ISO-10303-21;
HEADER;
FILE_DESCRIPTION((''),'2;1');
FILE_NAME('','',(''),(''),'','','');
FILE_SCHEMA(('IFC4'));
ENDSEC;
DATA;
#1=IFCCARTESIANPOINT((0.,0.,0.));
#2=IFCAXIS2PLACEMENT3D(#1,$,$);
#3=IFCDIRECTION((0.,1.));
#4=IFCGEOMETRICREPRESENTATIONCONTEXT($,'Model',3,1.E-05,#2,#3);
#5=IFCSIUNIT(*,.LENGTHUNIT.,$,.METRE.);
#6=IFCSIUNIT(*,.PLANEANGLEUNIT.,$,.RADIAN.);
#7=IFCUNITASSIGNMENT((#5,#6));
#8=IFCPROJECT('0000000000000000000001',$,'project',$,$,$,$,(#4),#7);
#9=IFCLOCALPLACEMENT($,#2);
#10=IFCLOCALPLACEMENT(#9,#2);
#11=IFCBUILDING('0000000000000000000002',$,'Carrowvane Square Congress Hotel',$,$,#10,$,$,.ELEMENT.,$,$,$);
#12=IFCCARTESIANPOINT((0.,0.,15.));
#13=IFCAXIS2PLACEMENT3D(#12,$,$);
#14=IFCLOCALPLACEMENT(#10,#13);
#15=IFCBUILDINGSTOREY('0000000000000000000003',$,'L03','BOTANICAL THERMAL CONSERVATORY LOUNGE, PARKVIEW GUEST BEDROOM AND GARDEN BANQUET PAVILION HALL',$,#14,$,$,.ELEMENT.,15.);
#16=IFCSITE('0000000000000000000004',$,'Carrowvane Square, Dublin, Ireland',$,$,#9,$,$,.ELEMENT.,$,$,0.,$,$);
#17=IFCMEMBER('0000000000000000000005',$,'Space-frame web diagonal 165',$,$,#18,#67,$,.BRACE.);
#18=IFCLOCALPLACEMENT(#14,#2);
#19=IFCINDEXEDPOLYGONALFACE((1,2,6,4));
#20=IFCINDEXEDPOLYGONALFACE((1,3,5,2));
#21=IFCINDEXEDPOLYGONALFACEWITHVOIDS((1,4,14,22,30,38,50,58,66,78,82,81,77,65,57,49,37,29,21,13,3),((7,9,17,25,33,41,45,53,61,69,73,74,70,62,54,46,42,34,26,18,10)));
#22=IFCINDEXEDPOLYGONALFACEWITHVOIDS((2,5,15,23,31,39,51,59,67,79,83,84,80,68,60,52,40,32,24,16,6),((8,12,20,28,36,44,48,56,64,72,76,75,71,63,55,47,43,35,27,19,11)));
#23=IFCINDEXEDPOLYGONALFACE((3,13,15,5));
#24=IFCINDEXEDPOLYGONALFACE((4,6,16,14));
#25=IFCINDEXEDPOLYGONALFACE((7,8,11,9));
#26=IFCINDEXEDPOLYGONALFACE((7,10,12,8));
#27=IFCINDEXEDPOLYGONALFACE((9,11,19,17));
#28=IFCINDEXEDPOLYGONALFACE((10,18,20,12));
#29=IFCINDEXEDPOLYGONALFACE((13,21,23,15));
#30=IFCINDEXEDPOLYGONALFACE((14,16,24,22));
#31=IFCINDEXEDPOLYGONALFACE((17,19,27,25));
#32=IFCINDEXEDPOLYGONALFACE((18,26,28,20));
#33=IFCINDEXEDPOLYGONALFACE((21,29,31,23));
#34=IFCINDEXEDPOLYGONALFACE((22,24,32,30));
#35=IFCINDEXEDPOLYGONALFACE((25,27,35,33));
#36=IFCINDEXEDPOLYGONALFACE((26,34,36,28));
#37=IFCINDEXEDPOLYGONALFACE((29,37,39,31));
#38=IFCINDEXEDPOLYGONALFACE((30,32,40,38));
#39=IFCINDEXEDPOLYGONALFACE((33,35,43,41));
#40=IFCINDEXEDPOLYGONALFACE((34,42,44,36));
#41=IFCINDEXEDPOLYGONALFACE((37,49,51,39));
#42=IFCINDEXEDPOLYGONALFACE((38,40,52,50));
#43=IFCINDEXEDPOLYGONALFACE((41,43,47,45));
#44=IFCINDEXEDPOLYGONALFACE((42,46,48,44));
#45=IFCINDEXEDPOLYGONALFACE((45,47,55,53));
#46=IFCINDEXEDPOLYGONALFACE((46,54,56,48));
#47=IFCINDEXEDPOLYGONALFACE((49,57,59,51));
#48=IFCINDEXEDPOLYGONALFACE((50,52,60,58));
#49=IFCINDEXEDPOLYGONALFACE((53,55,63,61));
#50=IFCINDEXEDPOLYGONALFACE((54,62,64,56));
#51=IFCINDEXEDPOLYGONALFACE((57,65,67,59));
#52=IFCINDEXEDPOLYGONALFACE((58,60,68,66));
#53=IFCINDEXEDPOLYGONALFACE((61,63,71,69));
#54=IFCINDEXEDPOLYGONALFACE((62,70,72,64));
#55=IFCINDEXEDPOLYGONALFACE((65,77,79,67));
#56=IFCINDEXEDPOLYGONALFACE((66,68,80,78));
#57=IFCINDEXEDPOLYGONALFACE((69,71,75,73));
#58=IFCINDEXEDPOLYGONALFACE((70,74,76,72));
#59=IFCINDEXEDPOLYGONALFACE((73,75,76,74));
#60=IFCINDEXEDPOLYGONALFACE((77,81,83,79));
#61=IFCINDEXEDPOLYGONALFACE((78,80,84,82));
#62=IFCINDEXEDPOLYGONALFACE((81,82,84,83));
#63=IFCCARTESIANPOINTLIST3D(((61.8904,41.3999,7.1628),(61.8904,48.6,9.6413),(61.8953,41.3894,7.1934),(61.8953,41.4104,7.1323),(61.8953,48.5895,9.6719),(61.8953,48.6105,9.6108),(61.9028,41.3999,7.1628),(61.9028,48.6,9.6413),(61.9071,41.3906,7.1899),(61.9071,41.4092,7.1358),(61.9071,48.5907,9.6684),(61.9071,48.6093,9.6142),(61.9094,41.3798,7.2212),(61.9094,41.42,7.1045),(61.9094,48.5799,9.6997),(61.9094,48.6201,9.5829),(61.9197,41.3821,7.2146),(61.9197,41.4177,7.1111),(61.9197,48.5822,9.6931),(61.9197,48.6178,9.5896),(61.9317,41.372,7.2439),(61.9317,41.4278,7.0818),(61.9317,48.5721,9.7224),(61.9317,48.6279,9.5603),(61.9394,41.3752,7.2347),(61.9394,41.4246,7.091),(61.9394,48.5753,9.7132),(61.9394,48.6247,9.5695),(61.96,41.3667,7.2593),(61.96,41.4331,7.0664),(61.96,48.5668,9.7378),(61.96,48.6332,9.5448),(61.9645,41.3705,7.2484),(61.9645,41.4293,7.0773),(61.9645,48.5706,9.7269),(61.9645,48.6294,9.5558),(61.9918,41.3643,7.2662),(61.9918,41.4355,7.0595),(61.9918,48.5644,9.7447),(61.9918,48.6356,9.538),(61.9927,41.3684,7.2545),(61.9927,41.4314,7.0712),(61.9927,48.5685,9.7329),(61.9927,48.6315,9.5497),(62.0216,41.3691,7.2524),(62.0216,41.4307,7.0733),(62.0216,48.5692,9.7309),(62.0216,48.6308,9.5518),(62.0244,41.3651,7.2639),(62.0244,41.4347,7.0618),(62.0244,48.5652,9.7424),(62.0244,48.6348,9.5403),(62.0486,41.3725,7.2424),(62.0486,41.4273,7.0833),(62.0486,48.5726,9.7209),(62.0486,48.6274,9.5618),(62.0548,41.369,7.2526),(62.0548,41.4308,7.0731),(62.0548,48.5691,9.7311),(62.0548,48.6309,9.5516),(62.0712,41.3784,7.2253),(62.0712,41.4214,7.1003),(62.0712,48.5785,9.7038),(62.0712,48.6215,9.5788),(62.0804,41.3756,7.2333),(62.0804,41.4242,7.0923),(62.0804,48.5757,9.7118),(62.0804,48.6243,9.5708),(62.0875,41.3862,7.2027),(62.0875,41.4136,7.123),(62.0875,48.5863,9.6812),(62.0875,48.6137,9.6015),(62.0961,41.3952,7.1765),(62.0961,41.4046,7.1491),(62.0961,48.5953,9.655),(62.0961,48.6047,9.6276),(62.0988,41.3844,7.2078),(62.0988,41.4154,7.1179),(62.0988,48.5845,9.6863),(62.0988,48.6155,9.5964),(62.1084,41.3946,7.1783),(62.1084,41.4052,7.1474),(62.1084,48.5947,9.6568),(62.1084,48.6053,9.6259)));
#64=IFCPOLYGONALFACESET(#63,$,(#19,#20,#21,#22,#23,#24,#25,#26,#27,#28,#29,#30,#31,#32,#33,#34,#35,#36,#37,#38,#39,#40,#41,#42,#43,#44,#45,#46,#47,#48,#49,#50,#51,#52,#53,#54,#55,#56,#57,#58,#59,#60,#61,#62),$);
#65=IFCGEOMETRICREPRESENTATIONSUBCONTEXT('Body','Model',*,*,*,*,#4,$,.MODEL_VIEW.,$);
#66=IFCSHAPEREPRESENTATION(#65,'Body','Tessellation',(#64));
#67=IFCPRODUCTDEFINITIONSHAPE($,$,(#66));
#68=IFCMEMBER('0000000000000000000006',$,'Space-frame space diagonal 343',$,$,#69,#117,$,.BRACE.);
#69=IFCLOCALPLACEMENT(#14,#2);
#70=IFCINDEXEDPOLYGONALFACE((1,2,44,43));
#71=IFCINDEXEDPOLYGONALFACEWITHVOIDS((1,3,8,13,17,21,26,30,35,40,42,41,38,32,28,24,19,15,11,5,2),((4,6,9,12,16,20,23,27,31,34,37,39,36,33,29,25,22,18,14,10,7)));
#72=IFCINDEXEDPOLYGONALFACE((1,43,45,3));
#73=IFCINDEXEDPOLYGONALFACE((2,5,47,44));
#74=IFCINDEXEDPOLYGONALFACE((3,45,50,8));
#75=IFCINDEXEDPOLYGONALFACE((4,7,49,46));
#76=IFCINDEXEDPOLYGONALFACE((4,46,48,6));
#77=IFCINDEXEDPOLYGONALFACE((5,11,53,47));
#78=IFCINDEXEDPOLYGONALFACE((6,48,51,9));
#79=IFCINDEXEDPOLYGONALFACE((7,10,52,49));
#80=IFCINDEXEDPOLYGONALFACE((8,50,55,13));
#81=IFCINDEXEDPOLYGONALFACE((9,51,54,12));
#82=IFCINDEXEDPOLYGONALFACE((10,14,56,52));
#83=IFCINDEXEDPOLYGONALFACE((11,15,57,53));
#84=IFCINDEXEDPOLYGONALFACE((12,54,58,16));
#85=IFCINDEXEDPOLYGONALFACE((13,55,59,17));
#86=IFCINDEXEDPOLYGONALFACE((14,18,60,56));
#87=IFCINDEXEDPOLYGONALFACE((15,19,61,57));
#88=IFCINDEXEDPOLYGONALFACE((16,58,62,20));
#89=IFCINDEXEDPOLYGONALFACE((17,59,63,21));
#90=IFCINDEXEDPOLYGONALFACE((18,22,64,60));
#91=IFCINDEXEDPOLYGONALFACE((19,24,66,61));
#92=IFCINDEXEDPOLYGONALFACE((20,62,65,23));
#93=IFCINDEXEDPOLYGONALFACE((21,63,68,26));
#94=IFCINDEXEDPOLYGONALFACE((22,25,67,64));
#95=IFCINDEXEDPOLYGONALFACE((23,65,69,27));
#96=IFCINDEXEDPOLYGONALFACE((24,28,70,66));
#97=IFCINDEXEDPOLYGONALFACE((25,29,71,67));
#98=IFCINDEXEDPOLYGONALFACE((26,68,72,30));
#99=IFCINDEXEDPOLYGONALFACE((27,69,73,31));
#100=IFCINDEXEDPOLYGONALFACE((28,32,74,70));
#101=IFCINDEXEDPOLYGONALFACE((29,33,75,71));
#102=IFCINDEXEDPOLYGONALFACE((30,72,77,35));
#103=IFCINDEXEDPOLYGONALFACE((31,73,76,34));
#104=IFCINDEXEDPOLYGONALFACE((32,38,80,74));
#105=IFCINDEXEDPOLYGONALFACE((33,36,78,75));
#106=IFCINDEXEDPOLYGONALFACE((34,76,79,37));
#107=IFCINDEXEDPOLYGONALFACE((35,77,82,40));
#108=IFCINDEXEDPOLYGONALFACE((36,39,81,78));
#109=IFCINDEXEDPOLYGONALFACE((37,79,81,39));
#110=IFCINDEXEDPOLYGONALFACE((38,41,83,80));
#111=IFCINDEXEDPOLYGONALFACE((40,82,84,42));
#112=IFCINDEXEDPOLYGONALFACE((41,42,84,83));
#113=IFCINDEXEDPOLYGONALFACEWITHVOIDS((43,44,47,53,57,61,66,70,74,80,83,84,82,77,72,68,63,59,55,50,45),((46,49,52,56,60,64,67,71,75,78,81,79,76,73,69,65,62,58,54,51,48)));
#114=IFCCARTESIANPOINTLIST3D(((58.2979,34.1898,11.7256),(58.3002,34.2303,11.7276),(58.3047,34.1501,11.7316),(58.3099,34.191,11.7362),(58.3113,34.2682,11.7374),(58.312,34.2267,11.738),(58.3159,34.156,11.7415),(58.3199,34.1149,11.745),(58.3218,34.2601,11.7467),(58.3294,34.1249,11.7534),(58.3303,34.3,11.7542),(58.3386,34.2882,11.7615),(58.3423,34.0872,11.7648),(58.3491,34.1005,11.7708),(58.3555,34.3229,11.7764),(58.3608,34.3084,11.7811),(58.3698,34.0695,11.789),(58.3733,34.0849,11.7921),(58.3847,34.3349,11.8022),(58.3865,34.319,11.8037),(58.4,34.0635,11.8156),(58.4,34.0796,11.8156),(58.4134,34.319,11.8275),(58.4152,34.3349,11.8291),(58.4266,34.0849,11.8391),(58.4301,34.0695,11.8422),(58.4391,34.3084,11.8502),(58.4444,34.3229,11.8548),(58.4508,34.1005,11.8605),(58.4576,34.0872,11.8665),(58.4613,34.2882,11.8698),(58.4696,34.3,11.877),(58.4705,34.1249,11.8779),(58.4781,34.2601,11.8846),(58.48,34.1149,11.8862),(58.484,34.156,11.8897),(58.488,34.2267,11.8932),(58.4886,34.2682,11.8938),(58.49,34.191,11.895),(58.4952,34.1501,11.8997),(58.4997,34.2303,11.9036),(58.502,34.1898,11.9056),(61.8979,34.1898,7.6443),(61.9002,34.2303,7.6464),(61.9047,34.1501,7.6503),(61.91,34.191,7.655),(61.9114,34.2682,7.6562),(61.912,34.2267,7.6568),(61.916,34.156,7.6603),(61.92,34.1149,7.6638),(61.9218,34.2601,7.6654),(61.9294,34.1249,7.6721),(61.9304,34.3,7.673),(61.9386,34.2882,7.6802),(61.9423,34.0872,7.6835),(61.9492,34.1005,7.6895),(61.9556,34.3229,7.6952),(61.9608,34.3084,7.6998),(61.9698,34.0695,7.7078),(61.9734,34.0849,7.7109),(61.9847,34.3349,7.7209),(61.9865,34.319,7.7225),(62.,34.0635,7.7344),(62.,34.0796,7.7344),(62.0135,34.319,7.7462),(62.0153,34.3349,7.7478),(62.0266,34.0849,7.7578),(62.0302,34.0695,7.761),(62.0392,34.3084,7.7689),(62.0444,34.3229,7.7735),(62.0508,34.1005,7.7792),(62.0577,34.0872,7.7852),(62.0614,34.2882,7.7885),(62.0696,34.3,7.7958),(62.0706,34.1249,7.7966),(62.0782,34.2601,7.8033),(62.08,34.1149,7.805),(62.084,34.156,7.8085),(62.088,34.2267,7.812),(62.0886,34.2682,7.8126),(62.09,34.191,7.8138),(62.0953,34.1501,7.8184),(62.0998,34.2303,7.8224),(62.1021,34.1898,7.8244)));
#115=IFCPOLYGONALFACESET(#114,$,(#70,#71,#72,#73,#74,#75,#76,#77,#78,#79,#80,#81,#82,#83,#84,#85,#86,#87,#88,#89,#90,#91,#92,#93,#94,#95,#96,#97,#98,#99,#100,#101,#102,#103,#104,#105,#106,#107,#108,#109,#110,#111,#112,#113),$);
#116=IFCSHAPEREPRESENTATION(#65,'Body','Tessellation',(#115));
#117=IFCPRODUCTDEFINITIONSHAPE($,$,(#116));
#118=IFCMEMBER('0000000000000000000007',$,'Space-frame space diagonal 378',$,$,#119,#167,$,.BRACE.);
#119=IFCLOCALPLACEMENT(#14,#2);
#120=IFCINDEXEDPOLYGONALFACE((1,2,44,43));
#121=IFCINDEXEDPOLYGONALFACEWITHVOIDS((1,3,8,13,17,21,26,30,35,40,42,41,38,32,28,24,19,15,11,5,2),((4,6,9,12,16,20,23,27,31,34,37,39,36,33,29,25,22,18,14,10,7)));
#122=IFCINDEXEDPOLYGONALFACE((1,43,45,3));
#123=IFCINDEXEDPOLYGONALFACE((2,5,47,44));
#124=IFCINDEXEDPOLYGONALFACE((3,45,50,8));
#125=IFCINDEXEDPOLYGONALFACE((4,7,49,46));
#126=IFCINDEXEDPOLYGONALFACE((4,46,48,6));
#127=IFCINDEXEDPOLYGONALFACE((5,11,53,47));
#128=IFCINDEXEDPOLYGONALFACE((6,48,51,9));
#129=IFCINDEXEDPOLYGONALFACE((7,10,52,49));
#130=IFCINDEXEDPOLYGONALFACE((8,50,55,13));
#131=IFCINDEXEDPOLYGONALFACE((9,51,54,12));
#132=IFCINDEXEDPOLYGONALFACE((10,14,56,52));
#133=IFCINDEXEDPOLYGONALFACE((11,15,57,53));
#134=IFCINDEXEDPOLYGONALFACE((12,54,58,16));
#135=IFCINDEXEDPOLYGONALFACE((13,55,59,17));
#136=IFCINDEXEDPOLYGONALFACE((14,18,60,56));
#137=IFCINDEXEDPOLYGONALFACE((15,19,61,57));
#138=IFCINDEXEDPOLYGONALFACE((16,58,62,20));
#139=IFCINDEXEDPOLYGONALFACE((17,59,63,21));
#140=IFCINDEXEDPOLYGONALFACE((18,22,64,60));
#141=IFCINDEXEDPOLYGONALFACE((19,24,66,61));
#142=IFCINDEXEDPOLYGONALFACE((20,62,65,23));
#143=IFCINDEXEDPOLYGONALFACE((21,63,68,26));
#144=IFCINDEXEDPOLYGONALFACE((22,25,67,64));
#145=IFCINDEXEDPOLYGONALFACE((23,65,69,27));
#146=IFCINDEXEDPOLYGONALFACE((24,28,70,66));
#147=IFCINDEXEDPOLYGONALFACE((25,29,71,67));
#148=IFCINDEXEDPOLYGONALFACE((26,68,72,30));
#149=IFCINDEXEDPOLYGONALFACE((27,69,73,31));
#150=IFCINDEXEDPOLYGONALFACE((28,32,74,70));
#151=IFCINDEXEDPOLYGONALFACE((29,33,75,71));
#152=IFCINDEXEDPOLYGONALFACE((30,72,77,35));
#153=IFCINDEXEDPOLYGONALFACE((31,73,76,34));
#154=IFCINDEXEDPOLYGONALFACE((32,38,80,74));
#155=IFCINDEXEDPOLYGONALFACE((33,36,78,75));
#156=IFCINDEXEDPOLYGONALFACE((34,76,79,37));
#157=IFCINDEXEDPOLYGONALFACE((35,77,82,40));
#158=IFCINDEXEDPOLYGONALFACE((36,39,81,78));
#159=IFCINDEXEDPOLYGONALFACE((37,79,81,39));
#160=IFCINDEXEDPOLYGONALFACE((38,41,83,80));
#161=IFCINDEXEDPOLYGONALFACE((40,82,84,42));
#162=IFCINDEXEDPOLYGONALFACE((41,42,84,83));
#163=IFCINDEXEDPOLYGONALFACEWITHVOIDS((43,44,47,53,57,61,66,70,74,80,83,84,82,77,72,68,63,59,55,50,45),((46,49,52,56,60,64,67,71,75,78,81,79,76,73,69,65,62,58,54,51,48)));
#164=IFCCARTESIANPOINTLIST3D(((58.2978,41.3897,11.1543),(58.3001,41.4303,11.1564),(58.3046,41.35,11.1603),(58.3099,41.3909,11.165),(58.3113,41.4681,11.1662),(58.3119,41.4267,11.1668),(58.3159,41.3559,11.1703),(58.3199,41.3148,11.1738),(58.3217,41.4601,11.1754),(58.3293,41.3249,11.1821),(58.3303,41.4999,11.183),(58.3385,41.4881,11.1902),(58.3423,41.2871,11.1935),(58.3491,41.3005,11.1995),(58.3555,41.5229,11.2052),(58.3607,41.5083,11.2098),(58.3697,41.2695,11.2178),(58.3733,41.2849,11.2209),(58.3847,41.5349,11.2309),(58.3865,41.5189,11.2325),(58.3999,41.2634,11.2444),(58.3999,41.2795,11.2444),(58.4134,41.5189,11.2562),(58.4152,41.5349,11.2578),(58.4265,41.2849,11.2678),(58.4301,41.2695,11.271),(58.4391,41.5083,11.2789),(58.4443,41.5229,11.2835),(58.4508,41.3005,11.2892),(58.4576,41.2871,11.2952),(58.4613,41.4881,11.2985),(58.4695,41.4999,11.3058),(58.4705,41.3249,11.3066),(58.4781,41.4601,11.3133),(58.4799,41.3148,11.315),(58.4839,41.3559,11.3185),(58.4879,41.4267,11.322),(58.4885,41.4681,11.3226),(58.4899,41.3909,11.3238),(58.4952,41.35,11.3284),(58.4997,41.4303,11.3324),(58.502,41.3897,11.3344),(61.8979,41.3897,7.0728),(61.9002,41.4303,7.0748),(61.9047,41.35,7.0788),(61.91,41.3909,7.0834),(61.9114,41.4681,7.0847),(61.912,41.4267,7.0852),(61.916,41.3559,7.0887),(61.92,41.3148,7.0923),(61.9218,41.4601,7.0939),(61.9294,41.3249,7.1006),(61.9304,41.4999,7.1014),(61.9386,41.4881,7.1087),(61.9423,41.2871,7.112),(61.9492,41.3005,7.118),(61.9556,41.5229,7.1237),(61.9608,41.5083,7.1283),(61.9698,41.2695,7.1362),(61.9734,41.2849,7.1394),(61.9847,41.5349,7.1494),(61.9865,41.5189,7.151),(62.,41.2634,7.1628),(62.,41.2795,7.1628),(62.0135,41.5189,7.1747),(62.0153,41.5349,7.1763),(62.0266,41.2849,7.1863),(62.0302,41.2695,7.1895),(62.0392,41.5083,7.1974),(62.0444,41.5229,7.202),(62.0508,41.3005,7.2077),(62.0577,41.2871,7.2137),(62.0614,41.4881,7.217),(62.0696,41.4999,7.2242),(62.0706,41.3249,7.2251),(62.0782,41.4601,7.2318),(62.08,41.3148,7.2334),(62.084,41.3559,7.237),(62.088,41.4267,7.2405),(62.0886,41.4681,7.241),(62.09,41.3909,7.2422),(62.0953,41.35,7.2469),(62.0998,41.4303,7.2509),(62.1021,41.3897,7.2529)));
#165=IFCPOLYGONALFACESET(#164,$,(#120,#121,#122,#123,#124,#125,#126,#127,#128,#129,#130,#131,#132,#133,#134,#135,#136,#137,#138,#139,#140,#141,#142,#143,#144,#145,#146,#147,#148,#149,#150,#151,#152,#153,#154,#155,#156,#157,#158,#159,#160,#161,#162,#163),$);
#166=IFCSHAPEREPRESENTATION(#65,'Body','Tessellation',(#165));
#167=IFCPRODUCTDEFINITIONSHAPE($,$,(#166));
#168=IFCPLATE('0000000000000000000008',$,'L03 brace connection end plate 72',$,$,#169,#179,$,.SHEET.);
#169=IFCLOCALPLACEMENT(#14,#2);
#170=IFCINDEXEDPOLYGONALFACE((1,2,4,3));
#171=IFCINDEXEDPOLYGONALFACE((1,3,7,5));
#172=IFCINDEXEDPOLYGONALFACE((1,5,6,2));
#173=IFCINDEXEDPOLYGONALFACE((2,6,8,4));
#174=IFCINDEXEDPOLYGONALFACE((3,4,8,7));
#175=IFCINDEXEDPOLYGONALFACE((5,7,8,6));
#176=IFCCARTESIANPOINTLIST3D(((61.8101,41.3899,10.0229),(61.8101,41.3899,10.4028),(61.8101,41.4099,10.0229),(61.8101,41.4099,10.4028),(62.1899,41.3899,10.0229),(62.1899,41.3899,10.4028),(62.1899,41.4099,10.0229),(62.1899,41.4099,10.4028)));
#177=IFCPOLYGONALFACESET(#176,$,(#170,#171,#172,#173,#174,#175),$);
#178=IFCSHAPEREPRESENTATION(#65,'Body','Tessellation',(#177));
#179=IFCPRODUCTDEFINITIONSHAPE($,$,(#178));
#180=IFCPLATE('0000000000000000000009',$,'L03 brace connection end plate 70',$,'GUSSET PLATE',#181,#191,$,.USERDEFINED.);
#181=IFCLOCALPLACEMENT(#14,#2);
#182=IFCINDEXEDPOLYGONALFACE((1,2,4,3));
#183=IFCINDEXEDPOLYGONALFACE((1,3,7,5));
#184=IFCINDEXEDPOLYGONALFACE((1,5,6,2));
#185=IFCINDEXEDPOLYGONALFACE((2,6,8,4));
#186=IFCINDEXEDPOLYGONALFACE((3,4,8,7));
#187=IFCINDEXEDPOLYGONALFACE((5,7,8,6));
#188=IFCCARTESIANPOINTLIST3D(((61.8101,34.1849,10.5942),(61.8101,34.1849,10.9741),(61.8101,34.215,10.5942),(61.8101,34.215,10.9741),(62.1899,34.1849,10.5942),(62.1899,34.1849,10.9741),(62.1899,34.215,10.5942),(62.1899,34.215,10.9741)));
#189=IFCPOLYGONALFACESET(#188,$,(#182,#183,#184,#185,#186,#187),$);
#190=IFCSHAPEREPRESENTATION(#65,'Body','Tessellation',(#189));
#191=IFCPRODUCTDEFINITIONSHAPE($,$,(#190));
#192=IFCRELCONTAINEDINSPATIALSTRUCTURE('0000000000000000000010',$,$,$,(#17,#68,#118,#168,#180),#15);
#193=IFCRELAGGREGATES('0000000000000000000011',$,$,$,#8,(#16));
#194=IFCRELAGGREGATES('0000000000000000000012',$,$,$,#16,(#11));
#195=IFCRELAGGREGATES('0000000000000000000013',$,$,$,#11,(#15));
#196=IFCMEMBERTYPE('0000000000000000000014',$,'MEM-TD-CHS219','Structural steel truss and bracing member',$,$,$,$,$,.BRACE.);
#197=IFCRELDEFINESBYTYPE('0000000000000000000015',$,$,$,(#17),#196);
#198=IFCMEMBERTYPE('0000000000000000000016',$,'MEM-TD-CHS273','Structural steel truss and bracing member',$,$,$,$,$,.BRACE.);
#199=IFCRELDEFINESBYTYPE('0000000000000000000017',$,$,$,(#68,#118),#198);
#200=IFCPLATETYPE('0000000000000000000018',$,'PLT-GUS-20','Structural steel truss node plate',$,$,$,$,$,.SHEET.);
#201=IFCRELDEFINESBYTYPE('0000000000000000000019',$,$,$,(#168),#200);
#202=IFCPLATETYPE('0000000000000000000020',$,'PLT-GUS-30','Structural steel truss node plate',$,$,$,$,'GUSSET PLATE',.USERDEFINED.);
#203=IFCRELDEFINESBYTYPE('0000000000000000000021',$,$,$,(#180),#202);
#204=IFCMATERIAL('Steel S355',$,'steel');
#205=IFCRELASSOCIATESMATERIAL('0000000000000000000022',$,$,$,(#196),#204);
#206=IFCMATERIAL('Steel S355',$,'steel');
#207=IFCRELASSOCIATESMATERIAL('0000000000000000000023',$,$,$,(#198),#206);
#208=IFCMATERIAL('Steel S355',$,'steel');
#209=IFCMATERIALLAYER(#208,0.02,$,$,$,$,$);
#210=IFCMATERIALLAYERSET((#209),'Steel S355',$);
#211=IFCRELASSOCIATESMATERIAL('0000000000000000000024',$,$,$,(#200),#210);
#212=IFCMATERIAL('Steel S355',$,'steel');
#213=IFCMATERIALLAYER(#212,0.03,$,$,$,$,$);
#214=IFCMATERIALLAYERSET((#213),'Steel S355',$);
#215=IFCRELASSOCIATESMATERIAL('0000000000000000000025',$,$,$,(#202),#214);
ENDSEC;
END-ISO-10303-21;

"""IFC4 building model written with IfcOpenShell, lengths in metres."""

from ifc_helpers import new_model, si_unit, direction, frame, origin, origin_2d, place, context, subcontext, project, spatial, rectangle, hollow_circle, extrude, material, layer, layer_set, material_profile, profile_set, type_object, element, save


model = new_model("IFC4")

# Units and contexts
model_context = context("Model", 3, precision=1e-05, world=origin(), true_north=direction((0.0, 1.0)))
body_context = subcontext(model_context, "Body", "Model", "MODEL_VIEW")
ifc_project = project(units=[si_unit("LENGTHUNIT", "METRE"), si_unit("PLANEANGLEUNIT", "RADIAN")], contexts=[model_context])

# Site, building, storey
site_placement = place(None, origin())
site = spatial("IfcSite", under=ifc_project, at=site_placement, Name="Carrowvane Square, Dublin, Ireland", CompositionType="ELEMENT", RefElevation=0.0)
building_placement = place(site_placement, origin())
building = spatial("IfcBuilding", under=site, at=building_placement, Name="Carrowvane Square Congress Hotel", CompositionType="ELEMENT")
storey_placement = place(building_placement, frame((0.0, 0.0, 15.0)))
storey = spatial("IfcBuildingStorey", under=building, at=storey_placement, Name="L03", Description="BOTANICAL THERMAL CONSERVATORY LOUNGE, PARKVIEW GUEST BEDROOM AND GARDEN BANQUET PAVILION HALL", CompositionType="ELEMENT", Elevation=15.0)

# Members
ifc_material_1 = material(Name="Steel S355", Category="steel")
ifc_material_profile_1 = material_profile(ifc_material_1, hollow_circle(Radius=0.1096, WallThickness=0.0125, at=origin_2d()), Name="CHS 219.1x12.5")
ifc_profile_set_1 = profile_set([ifc_material_profile_1], Name="Steel S355")
member_type_1 = type_object("IfcMemberType", Name="MEM-TD-CHS219", Description="Structural steel truss and bracing member", PredefinedType="BRACE", material=ifc_profile_set_1)
member_1_placement = place(storey_placement, frame((62.0, 41.3999, 7.1628), z_axis=(0.0, 0.945547, 0.325485), x_axis=(-1.0, 0.0, 0.0)))
element("IfcMember", 1, at=member_1_placement, inside=storey, type_object=member_type_1, Name="Space-frame web diagonal 165", PredefinedType="BRACE", context=body_context, shape_type="SweptSolid", body=[
    extrude(hollow_circle(Radius=0.1096, WallThickness=0.0125, at=origin_2d()), origin(), (0.0, 0.0, 1.0), 7.6147),
])
ifc_material_2 = material(Name="Steel S355", Category="steel")
ifc_material_profile_2 = material_profile(ifc_material_2, hollow_circle(Radius=0.1365, WallThickness=0.0161, at=origin_2d()), Name="CHS 273.0x16")
ifc_profile_set_2 = profile_set([ifc_material_profile_2], Name="Steel S355")
member_type_2 = type_object("IfcMemberType", Name="MEM-TD-CHS273", Description="Structural steel truss and bracing member", PredefinedType="BRACE", material=ifc_profile_set_2)
member_2_placement = place(storey_placement, frame((62.0, 34.2, 7.7344), z_axis=(-0.661513, 0.0, 0.749933), x_axis=(0.0, -1.0, 0.0)))
element("IfcMember", 2, at=member_2_placement, inside=storey, type_object=member_type_2, Name="Space-frame space diagonal 343", PredefinedType="BRACE", context=body_context, shape_type="SweptSolid", body=[
    extrude(hollow_circle(Radius=0.1365, WallThickness=0.0161, at=origin_2d()), origin(), (0.0, 0.0, 1.0), 5.4421),
])
member_3_placement = place(storey_placement, frame((62.0, 41.3999, 7.1628), z_axis=(-0.661491, 0.0, 0.749953), x_axis=(0.0, -1.0, 0.0)))
element("IfcMember", 3, at=member_3_placement, inside=storey, type_object=member_type_2, Name="Space-frame space diagonal 378", PredefinedType="BRACE", context=body_context, shape_type="SweptSolid", body=[
    extrude(hollow_circle(Radius=0.1365, WallThickness=0.0161, at=origin_2d()), origin(), (0.0, 0.0, 1.0), 5.4424),
])

# Plates
ifc_material_3 = material(Name="Steel S355", Category="steel")
ifc_layer_1 = layer(ifc_material_3, 0.02)
ifc_layer_set_1 = layer_set([ifc_layer_1], Name="Steel S355")
plate_type_1 = type_object("IfcPlateType", Name="PLT-GUS-20", Description="Structural steel truss node plate", PredefinedType="SHEET", material=ifc_layer_set_1)
plate_1_placement = place(storey_placement, frame((62.0, 41.3999, 10.0229), z_axis=(0.0, 0.0, 1.0), x_axis=(1.0, 0.0, 0.0)))
element("IfcPlate", 4, at=plate_1_placement, inside=storey, type_object=plate_type_1, Name="L03 brace connection end plate 72", PredefinedType="SHEET", context=body_context, shape_type="SweptSolid", body=[
    extrude(rectangle(XDim=0.3799, YDim=0.02, at=origin_2d()), origin(), (0.0, 0.0, 1.0), 0.3799),
])
ifc_material_4 = material(Name="Steel S355", Category="steel")
ifc_layer_2 = layer(ifc_material_4, 0.03)
ifc_layer_set_2 = layer_set([ifc_layer_2], Name="Steel S355")
plate_type_2 = type_object("IfcPlateType", Name="PLT-GUS-30", Description="Structural steel truss node plate", ElementType="GUSSET PLATE", PredefinedType="USERDEFINED", material=ifc_layer_set_2)
for number, where, z_axis, x_axis, name in (
    (5, (62.0, 34.2, 10.5942), (0.0, 0.0, 1.0), (1.0, 0.0, 0.0), "L03 brace connection end plate 70"),
):
    element("IfcPlate", number, at=place(storey_placement, frame(where, z_axis=z_axis, x_axis=x_axis)), inside=storey, type_object=plate_type_2, Name=name, ObjectType="GUSSET PLATE", PredefinedType="USERDEFINED", context=body_context, shape_type="SweptSolid", body=[
        extrude(rectangle(XDim=0.3799, YDim=0.03, at=origin_2d()), origin(), (0.0, 0.0, 1.0), 0.3799),
    ])

save(model, "model.ifc")
